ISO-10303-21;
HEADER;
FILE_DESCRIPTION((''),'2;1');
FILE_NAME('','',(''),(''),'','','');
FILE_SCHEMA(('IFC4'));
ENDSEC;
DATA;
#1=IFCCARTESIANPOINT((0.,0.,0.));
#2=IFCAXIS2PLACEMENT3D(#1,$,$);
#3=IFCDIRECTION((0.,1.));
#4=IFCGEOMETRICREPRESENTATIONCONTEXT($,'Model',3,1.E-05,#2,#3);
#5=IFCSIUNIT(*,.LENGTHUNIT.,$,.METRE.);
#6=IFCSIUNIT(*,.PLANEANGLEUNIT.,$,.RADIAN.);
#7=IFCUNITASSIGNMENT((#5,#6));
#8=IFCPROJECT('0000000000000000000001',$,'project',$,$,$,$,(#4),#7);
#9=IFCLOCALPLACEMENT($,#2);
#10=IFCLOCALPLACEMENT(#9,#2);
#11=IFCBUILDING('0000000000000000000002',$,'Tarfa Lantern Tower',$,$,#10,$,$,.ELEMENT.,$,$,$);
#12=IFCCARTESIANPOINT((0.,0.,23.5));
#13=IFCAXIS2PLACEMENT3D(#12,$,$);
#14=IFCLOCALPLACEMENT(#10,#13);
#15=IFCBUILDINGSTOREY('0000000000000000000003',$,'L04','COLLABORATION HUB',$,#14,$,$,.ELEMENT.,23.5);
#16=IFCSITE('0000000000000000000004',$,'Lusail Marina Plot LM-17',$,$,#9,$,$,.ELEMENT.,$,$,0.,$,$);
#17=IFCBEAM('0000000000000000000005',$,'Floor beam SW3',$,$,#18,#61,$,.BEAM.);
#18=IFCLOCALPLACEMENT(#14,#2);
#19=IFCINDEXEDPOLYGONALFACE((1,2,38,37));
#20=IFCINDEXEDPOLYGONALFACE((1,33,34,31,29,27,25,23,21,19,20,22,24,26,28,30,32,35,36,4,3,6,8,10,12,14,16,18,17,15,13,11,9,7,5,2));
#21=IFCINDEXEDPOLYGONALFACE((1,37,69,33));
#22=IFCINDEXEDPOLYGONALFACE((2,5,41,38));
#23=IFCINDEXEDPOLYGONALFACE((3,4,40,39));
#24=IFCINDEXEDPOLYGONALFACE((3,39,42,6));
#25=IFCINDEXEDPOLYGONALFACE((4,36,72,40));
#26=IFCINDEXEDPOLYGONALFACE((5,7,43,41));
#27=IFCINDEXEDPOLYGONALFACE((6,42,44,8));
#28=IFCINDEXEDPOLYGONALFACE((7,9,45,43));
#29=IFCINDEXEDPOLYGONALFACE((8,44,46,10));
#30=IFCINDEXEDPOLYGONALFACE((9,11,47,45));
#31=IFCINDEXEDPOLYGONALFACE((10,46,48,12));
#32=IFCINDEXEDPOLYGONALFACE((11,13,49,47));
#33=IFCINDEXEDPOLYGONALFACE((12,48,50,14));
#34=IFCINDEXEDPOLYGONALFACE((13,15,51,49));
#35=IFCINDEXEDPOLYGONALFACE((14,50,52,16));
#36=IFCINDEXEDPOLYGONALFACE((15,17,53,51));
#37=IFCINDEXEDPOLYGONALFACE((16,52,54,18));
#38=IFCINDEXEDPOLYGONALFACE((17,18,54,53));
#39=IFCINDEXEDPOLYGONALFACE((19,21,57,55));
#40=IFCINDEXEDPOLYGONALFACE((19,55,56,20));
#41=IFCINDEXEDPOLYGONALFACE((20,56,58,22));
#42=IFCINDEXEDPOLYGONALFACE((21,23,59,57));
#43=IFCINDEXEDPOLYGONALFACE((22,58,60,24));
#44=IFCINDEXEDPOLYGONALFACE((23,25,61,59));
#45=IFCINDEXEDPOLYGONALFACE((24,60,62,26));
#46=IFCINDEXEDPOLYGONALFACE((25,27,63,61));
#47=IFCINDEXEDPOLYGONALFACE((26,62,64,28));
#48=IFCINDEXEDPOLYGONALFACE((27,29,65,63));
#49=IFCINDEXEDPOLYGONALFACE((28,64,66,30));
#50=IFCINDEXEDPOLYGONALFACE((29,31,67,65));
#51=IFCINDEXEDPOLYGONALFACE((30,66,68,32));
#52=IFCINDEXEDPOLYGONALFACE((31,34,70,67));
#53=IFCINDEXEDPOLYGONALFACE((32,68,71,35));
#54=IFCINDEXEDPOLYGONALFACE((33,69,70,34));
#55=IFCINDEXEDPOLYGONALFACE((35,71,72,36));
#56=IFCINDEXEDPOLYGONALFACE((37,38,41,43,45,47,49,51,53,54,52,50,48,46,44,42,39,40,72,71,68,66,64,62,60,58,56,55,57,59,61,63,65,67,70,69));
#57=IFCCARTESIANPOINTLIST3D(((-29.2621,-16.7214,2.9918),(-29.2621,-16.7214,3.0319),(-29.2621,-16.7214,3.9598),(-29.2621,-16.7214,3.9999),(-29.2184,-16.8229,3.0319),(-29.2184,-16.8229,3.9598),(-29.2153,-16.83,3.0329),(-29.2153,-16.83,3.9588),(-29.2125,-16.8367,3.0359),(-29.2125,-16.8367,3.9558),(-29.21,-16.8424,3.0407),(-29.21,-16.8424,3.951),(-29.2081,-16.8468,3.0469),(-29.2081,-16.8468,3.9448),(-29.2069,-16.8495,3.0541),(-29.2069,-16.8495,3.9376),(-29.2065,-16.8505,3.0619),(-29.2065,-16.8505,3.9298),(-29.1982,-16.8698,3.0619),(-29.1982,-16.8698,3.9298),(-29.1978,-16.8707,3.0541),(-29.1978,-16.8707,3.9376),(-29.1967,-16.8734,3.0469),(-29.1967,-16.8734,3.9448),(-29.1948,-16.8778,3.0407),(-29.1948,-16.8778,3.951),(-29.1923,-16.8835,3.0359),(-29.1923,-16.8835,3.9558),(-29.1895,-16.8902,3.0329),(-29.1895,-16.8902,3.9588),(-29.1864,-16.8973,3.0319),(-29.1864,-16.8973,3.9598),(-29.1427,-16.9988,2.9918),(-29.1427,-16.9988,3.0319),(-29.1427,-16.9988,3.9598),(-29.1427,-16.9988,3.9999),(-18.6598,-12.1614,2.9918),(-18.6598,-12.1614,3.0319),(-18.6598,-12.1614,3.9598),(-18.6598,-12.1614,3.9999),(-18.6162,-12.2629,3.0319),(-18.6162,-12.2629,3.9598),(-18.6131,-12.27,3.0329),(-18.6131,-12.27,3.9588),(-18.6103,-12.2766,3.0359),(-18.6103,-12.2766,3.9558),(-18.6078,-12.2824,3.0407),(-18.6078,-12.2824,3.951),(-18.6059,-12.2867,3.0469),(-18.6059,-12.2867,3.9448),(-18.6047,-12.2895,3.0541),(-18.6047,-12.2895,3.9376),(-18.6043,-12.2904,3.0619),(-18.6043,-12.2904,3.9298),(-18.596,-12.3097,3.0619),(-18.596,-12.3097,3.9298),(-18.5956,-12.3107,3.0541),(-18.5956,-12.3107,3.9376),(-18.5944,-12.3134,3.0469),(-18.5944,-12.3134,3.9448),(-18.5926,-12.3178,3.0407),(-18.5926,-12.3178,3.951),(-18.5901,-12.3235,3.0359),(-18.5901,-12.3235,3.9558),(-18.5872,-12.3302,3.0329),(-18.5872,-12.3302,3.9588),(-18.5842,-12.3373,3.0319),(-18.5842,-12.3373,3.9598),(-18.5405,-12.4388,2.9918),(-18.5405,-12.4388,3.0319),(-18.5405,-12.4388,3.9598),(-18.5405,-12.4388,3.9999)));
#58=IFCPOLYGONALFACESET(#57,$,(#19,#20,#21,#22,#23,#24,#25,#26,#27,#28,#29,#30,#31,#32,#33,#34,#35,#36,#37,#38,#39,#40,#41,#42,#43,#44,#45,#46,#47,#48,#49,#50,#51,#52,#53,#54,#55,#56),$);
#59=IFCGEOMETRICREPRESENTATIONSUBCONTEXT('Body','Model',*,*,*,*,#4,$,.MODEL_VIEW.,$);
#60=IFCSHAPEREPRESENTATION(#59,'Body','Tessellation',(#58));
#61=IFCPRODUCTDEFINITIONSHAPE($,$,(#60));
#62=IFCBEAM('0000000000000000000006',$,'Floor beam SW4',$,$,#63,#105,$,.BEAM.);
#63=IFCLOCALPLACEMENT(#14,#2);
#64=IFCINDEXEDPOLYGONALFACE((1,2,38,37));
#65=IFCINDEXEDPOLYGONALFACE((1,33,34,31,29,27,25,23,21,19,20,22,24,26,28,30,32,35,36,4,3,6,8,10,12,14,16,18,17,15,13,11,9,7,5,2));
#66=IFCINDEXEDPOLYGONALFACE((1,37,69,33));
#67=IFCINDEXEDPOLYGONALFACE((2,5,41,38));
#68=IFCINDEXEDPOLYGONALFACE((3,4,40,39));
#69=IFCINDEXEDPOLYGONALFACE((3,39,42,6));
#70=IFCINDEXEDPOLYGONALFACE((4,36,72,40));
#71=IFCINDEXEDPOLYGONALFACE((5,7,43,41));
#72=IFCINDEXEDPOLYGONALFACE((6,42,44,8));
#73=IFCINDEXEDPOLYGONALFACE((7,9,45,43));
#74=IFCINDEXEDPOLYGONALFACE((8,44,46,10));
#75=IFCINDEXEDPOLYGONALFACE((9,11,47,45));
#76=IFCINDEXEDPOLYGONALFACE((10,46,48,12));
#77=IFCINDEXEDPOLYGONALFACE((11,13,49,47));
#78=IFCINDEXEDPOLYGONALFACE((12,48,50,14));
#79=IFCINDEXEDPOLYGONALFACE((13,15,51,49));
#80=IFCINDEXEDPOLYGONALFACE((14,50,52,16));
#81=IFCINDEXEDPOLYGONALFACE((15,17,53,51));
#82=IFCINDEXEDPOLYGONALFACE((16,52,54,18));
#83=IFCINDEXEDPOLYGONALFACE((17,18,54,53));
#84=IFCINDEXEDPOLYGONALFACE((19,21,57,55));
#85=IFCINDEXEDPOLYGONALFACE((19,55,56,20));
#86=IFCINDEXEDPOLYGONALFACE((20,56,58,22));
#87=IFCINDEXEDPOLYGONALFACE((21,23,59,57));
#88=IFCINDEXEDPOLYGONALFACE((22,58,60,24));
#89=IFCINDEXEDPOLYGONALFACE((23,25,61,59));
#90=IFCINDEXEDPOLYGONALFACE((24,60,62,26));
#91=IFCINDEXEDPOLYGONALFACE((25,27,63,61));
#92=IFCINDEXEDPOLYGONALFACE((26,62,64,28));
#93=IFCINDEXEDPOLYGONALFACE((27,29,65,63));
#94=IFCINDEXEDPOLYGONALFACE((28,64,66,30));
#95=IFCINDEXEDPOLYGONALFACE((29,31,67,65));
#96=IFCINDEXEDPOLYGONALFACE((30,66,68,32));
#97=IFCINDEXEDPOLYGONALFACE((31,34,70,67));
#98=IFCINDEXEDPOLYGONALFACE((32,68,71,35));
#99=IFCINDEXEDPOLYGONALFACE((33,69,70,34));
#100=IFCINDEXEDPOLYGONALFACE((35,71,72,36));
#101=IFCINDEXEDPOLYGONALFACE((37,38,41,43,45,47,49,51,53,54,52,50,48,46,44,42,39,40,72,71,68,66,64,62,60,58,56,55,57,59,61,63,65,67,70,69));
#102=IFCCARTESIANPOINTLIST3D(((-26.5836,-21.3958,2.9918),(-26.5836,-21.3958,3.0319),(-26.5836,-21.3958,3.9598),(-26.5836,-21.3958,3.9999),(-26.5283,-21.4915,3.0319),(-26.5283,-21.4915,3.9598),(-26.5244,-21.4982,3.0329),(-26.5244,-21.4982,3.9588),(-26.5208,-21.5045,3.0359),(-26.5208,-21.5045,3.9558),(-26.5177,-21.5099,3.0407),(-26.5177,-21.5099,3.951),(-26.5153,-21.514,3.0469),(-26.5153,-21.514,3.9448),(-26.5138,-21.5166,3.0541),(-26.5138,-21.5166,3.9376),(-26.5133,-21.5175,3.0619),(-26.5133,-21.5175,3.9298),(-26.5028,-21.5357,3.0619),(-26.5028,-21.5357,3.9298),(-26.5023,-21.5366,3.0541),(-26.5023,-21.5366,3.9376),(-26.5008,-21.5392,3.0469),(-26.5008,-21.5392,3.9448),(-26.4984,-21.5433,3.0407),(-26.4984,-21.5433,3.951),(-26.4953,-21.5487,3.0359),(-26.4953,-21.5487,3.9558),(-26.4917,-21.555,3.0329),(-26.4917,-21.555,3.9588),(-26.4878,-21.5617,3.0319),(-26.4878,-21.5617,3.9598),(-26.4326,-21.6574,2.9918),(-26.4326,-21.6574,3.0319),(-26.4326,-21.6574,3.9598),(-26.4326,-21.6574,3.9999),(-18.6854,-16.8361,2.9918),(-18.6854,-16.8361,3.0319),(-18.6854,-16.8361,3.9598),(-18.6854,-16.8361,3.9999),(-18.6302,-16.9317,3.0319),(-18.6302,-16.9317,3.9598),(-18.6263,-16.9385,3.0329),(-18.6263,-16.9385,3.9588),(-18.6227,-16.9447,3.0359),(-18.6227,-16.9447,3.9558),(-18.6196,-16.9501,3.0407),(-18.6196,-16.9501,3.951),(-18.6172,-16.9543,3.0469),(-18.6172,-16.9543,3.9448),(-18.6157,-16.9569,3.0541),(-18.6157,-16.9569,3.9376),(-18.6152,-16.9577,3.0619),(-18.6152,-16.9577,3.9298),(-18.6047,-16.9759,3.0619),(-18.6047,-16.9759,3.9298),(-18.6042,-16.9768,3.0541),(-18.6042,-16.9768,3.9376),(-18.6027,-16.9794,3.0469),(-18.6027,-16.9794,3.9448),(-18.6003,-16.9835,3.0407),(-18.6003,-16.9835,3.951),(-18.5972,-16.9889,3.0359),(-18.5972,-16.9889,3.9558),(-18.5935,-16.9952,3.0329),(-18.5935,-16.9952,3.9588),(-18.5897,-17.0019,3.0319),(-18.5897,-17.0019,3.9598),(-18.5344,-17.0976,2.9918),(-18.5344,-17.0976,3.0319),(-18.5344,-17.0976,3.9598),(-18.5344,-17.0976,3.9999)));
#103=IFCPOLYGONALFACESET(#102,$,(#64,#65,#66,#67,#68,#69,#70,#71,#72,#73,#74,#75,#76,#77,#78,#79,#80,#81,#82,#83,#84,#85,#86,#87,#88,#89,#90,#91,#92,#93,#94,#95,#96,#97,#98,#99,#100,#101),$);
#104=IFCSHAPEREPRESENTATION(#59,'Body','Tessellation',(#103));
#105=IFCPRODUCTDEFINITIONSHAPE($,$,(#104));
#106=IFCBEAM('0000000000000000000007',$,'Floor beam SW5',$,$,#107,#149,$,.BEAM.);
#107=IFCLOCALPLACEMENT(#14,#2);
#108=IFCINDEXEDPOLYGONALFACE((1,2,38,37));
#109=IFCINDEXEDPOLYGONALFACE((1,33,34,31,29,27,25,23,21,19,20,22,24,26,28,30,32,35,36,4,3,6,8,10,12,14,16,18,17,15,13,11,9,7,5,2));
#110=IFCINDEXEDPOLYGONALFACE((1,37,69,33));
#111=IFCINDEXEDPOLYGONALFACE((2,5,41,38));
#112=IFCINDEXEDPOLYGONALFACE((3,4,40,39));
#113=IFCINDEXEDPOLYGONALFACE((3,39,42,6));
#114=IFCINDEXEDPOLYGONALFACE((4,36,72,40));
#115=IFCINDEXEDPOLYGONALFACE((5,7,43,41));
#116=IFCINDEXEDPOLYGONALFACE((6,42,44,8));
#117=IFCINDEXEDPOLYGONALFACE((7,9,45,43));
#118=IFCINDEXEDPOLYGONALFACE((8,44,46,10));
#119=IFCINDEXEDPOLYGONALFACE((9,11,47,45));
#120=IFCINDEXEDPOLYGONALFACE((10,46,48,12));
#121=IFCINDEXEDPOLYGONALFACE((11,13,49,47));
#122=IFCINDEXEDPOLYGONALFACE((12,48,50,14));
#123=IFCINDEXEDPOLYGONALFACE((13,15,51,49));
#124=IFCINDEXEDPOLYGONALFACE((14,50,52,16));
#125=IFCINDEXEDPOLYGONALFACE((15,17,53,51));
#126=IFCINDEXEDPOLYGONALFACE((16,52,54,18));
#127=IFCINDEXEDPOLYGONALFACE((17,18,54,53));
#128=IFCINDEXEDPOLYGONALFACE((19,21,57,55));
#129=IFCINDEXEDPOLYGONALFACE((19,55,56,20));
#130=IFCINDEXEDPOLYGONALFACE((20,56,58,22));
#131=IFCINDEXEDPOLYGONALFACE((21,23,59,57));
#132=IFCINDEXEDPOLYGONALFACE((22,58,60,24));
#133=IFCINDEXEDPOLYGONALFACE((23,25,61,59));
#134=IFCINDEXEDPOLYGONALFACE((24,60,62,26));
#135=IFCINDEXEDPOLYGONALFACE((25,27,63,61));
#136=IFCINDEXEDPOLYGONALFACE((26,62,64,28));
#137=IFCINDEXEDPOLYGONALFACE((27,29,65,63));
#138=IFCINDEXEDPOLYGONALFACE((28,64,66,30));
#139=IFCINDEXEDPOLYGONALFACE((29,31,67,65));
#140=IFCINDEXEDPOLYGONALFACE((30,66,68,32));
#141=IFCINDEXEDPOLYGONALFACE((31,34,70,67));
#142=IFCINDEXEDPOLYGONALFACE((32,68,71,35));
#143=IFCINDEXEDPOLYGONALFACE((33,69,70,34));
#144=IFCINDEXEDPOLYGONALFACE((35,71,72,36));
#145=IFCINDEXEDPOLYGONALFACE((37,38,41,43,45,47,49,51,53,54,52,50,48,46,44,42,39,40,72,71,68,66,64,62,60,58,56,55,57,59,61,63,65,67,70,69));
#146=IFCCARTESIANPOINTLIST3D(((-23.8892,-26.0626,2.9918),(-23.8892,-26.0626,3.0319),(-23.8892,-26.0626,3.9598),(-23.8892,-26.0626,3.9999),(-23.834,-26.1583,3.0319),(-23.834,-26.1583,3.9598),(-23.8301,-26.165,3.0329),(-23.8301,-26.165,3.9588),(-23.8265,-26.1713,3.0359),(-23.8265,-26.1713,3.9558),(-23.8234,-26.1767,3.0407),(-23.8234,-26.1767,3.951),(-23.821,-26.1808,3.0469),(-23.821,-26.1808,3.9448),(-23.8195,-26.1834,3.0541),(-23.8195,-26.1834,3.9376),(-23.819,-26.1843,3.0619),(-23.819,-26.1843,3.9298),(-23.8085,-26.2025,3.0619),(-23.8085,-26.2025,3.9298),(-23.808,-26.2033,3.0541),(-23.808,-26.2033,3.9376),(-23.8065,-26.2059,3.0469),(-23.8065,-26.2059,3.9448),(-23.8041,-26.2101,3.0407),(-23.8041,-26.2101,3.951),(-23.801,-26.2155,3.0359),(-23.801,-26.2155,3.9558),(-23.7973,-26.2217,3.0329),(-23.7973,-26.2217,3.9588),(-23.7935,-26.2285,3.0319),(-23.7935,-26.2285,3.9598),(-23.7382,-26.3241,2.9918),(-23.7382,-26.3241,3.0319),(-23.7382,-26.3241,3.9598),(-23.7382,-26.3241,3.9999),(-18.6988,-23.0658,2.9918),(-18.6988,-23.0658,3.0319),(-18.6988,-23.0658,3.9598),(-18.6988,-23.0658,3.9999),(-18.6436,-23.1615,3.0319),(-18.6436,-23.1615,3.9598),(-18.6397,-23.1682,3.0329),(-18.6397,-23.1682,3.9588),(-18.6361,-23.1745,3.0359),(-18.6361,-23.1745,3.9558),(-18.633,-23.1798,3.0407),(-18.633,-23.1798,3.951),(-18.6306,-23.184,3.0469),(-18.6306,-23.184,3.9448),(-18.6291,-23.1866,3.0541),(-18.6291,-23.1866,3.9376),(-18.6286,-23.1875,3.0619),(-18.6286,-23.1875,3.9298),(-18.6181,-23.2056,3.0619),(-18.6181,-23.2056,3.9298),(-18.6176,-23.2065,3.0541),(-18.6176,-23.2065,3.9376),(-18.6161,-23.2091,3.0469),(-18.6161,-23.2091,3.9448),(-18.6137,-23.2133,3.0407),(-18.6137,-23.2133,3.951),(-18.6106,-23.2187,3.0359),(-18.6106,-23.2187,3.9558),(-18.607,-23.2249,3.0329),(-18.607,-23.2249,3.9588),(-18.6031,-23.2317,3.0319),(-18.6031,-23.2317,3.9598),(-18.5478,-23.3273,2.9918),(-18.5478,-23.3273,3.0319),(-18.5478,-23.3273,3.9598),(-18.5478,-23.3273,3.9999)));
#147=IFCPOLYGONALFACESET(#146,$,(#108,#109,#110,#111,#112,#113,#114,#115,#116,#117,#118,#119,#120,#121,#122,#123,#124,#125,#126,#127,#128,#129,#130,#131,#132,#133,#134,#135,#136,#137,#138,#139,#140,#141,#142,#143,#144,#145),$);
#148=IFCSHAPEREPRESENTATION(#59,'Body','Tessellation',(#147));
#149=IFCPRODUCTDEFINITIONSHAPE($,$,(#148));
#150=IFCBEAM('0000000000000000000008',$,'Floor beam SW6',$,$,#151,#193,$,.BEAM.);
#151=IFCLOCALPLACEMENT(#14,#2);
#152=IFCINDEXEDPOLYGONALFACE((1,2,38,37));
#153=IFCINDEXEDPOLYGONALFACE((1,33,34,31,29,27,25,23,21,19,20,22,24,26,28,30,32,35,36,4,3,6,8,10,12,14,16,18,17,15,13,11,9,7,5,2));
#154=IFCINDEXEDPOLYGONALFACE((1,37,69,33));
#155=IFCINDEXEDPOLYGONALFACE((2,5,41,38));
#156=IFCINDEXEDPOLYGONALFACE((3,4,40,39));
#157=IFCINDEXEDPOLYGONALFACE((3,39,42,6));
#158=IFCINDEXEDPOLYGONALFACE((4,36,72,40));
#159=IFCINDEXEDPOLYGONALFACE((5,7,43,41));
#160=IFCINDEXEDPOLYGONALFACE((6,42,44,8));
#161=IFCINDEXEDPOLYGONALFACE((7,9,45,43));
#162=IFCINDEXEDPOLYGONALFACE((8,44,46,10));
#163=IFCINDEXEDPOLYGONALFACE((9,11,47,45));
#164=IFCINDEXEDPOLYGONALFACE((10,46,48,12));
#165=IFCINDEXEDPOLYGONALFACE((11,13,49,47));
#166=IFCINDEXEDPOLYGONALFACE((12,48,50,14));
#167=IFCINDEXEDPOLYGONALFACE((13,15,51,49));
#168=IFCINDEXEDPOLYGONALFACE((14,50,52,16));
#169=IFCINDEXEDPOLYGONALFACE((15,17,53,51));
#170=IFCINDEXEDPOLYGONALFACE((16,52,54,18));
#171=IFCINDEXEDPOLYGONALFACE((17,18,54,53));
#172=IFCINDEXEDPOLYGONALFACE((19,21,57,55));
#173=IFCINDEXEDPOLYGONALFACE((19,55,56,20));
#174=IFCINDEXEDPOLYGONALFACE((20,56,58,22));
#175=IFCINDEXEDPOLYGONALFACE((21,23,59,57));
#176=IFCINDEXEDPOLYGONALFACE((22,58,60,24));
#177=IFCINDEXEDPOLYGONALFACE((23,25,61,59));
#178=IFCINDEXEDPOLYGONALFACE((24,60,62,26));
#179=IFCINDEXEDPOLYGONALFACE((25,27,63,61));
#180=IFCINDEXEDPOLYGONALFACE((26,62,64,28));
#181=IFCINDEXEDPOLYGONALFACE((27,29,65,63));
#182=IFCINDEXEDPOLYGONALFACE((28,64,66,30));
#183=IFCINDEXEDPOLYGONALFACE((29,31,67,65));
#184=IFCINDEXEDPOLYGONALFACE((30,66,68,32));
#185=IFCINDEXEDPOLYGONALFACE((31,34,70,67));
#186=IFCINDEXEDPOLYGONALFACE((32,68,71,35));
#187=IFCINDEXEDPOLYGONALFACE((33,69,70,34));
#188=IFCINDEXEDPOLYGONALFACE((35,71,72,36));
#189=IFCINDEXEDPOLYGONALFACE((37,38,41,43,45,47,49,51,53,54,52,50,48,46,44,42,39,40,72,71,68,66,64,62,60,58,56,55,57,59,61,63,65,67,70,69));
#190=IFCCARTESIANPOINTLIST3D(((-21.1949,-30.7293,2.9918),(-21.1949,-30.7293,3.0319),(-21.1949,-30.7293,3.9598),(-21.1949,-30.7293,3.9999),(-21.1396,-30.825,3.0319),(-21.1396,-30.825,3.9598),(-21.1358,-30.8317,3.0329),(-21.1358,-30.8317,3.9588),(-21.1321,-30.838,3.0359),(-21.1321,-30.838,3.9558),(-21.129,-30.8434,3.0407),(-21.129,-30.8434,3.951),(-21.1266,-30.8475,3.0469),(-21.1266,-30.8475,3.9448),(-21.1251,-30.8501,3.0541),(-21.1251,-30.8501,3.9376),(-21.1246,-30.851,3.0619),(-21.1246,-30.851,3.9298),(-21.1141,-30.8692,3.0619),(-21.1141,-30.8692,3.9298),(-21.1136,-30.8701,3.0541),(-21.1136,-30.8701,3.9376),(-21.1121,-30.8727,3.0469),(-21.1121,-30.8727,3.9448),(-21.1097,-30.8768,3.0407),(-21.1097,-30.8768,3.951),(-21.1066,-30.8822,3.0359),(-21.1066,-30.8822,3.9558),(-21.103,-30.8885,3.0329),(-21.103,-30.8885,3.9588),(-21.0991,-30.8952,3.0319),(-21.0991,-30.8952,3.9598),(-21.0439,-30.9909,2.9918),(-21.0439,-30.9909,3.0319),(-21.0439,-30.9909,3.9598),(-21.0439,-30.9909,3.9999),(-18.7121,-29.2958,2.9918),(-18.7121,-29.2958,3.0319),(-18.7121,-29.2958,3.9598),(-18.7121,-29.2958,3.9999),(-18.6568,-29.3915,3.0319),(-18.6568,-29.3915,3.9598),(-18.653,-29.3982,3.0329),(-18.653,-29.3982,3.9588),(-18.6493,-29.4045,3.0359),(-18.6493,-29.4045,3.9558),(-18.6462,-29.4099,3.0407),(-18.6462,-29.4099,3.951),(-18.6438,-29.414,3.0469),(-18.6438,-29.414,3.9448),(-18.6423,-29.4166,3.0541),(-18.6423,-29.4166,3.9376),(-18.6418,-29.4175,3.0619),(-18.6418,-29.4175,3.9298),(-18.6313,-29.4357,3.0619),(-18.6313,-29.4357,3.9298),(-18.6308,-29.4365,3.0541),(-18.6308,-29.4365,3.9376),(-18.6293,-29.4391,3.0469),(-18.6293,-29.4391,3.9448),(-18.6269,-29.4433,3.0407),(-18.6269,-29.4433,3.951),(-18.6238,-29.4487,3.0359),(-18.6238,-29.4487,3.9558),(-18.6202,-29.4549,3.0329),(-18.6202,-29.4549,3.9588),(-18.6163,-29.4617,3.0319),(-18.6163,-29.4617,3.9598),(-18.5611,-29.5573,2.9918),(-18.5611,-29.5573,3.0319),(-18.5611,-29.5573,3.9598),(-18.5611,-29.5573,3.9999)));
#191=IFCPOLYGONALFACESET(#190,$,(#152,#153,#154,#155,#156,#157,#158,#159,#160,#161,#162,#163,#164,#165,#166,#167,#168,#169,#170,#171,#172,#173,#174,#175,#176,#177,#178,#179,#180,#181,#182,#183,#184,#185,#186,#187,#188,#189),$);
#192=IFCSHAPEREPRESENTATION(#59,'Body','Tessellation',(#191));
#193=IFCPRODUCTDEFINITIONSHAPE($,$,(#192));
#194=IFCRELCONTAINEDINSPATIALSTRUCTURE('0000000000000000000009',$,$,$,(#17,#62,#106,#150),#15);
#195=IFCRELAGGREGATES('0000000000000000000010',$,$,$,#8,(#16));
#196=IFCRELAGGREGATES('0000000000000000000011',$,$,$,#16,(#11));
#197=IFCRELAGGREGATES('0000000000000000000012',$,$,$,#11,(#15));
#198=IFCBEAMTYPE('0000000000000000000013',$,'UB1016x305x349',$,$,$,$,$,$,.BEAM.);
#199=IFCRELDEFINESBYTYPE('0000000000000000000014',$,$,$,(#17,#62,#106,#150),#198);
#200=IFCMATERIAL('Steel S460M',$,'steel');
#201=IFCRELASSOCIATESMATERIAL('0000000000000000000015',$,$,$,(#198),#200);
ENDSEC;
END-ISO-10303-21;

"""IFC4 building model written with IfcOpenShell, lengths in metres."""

from ifc_helpers import new_model, si_unit, direction, frame, origin, origin_2d, place, context, subcontext, project, spatial, i_section, extrude, material, material_profile, profile_set, type_object, element, save


model = new_model("IFC4")

# Units and contexts
model_context = context("Model", 3, precision=1e-05, world=origin(), true_north=direction((0.0, 1.0)))
body_context = subcontext(model_context, "Body", "Model", "MODEL_VIEW")
ifc_project = project(units=[si_unit("LENGTHUNIT", "METRE"), si_unit("PLANEANGLEUNIT", "RADIAN")], contexts=[model_context])

# Site, building, storey
site_placement = place(None, origin())
site = spatial("IfcSite", under=ifc_project, at=site_placement, Name="Lusail Marina Plot LM-17", CompositionType="ELEMENT", RefElevation=0.0)
building_placement = place(site_placement, origin())
building = spatial("IfcBuilding", under=site, at=building_placement, Name="Tarfa Lantern Tower", CompositionType="ELEMENT")
storey_placement = place(building_placement, frame((0.0, 0.0, 23.5)))
storey = spatial("IfcBuildingStorey", under=building, at=storey_placement, Name="L04", Description="COLLABORATION HUB", CompositionType="ELEMENT", Elevation=23.5)

# Beams
ifc_material_1 = material(Name="Steel S460M", Category="steel")
ifc_material_profile_1 = material_profile(ifc_material_1, i_section(OverallWidth=0.302, OverallDepth=1.0081, WebThickness=0.021, FlangeThickness=0.04, FilletRadius=0.03, at=origin_2d()), Name="UB1016x305x349")
ifc_profile_set_1 = profile_set([ifc_material_profile_1], Name="Steel S460M")
beam_type_1 = type_object("IfcBeamType", Name="UB1016x305x349", PredefinedType="BEAM", material=ifc_profile_set_1)
beam_1_placement = place(storey_placement, frame((-29.2024, -16.8601, 3.4958), z_axis=(0.918635, 0.395106, 0.0), x_axis=(-0.395106, 0.918635, 0.0)))
element("IfcBeam", 1, at=beam_1_placement, inside=storey, type_object=beam_type_1, Name="Floor beam SW3", PredefinedType="BEAM", context=body_context, shape_type="SweptSolid", body=[
    extrude(i_section(OverallWidth=0.302, OverallDepth=1.0081, WebThickness=0.021, FlangeThickness=0.04, FilletRadius=0.03, at=origin_2d()), origin(), (0.0, 0.0, 1.0), 11.5413),
])
beam_2_placement = place(storey_placement, frame((-26.5081, -21.5266, 3.4958), z_axis=(0.866035, 0.499983, 0.0), x_axis=(-0.499983, 0.866035, 0.0)))
element("IfcBeam", 2, at=beam_2_placement, inside=storey, type_object=beam_type_1, Name="Floor beam SW4", PredefinedType="BEAM", context=body_context, shape_type="SweptSolid", body=[
    extrude(i_section(OverallWidth=0.302, OverallDepth=1.0081, WebThickness=0.021, FlangeThickness=0.04, FilletRadius=0.03, at=origin_2d()), origin(), (0.0, 0.0, 1.0), 9.1199),
])
beam_3_placement = place(storey_placement, frame((-23.8137, -26.1934, 3.4958), z_axis=(0.866016, 0.500016, 0.0), x_axis=(-0.500016, 0.866016, 0.0)))
element("IfcBeam", 3, at=beam_3_placement, inside=storey, type_object=beam_type_1, Name="Floor beam SW5", PredefinedType="BEAM", context=body_context, shape_type="SweptSolid", body=[
    extrude(i_section(OverallWidth=0.302, OverallDepth=1.0081, WebThickness=0.021, FlangeThickness=0.04, FilletRadius=0.03, at=origin_2d()), origin(), (0.0, 0.0, 1.0), 5.9934),
])
beam_4_placement = place(storey_placement, frame((-21.1194, -30.8601, 3.4958), z_axis=(0.866013, 0.500022, 0.0), x_axis=(-0.500022, 0.866013, 0.0)))
element("IfcBeam", 4, at=beam_4_placement, inside=storey, type_object=beam_type_1, Name="Floor beam SW6", PredefinedType="BEAM", context=body_context, shape_type="SweptSolid", body=[
    extrude(i_section(OverallWidth=0.302, OverallDepth=1.0081, WebThickness=0.021, FlangeThickness=0.04, FilletRadius=0.03, at=origin_2d()), origin(), (0.0, 0.0, 1.0), 2.8669),
])

save(model, "model.ifc")
